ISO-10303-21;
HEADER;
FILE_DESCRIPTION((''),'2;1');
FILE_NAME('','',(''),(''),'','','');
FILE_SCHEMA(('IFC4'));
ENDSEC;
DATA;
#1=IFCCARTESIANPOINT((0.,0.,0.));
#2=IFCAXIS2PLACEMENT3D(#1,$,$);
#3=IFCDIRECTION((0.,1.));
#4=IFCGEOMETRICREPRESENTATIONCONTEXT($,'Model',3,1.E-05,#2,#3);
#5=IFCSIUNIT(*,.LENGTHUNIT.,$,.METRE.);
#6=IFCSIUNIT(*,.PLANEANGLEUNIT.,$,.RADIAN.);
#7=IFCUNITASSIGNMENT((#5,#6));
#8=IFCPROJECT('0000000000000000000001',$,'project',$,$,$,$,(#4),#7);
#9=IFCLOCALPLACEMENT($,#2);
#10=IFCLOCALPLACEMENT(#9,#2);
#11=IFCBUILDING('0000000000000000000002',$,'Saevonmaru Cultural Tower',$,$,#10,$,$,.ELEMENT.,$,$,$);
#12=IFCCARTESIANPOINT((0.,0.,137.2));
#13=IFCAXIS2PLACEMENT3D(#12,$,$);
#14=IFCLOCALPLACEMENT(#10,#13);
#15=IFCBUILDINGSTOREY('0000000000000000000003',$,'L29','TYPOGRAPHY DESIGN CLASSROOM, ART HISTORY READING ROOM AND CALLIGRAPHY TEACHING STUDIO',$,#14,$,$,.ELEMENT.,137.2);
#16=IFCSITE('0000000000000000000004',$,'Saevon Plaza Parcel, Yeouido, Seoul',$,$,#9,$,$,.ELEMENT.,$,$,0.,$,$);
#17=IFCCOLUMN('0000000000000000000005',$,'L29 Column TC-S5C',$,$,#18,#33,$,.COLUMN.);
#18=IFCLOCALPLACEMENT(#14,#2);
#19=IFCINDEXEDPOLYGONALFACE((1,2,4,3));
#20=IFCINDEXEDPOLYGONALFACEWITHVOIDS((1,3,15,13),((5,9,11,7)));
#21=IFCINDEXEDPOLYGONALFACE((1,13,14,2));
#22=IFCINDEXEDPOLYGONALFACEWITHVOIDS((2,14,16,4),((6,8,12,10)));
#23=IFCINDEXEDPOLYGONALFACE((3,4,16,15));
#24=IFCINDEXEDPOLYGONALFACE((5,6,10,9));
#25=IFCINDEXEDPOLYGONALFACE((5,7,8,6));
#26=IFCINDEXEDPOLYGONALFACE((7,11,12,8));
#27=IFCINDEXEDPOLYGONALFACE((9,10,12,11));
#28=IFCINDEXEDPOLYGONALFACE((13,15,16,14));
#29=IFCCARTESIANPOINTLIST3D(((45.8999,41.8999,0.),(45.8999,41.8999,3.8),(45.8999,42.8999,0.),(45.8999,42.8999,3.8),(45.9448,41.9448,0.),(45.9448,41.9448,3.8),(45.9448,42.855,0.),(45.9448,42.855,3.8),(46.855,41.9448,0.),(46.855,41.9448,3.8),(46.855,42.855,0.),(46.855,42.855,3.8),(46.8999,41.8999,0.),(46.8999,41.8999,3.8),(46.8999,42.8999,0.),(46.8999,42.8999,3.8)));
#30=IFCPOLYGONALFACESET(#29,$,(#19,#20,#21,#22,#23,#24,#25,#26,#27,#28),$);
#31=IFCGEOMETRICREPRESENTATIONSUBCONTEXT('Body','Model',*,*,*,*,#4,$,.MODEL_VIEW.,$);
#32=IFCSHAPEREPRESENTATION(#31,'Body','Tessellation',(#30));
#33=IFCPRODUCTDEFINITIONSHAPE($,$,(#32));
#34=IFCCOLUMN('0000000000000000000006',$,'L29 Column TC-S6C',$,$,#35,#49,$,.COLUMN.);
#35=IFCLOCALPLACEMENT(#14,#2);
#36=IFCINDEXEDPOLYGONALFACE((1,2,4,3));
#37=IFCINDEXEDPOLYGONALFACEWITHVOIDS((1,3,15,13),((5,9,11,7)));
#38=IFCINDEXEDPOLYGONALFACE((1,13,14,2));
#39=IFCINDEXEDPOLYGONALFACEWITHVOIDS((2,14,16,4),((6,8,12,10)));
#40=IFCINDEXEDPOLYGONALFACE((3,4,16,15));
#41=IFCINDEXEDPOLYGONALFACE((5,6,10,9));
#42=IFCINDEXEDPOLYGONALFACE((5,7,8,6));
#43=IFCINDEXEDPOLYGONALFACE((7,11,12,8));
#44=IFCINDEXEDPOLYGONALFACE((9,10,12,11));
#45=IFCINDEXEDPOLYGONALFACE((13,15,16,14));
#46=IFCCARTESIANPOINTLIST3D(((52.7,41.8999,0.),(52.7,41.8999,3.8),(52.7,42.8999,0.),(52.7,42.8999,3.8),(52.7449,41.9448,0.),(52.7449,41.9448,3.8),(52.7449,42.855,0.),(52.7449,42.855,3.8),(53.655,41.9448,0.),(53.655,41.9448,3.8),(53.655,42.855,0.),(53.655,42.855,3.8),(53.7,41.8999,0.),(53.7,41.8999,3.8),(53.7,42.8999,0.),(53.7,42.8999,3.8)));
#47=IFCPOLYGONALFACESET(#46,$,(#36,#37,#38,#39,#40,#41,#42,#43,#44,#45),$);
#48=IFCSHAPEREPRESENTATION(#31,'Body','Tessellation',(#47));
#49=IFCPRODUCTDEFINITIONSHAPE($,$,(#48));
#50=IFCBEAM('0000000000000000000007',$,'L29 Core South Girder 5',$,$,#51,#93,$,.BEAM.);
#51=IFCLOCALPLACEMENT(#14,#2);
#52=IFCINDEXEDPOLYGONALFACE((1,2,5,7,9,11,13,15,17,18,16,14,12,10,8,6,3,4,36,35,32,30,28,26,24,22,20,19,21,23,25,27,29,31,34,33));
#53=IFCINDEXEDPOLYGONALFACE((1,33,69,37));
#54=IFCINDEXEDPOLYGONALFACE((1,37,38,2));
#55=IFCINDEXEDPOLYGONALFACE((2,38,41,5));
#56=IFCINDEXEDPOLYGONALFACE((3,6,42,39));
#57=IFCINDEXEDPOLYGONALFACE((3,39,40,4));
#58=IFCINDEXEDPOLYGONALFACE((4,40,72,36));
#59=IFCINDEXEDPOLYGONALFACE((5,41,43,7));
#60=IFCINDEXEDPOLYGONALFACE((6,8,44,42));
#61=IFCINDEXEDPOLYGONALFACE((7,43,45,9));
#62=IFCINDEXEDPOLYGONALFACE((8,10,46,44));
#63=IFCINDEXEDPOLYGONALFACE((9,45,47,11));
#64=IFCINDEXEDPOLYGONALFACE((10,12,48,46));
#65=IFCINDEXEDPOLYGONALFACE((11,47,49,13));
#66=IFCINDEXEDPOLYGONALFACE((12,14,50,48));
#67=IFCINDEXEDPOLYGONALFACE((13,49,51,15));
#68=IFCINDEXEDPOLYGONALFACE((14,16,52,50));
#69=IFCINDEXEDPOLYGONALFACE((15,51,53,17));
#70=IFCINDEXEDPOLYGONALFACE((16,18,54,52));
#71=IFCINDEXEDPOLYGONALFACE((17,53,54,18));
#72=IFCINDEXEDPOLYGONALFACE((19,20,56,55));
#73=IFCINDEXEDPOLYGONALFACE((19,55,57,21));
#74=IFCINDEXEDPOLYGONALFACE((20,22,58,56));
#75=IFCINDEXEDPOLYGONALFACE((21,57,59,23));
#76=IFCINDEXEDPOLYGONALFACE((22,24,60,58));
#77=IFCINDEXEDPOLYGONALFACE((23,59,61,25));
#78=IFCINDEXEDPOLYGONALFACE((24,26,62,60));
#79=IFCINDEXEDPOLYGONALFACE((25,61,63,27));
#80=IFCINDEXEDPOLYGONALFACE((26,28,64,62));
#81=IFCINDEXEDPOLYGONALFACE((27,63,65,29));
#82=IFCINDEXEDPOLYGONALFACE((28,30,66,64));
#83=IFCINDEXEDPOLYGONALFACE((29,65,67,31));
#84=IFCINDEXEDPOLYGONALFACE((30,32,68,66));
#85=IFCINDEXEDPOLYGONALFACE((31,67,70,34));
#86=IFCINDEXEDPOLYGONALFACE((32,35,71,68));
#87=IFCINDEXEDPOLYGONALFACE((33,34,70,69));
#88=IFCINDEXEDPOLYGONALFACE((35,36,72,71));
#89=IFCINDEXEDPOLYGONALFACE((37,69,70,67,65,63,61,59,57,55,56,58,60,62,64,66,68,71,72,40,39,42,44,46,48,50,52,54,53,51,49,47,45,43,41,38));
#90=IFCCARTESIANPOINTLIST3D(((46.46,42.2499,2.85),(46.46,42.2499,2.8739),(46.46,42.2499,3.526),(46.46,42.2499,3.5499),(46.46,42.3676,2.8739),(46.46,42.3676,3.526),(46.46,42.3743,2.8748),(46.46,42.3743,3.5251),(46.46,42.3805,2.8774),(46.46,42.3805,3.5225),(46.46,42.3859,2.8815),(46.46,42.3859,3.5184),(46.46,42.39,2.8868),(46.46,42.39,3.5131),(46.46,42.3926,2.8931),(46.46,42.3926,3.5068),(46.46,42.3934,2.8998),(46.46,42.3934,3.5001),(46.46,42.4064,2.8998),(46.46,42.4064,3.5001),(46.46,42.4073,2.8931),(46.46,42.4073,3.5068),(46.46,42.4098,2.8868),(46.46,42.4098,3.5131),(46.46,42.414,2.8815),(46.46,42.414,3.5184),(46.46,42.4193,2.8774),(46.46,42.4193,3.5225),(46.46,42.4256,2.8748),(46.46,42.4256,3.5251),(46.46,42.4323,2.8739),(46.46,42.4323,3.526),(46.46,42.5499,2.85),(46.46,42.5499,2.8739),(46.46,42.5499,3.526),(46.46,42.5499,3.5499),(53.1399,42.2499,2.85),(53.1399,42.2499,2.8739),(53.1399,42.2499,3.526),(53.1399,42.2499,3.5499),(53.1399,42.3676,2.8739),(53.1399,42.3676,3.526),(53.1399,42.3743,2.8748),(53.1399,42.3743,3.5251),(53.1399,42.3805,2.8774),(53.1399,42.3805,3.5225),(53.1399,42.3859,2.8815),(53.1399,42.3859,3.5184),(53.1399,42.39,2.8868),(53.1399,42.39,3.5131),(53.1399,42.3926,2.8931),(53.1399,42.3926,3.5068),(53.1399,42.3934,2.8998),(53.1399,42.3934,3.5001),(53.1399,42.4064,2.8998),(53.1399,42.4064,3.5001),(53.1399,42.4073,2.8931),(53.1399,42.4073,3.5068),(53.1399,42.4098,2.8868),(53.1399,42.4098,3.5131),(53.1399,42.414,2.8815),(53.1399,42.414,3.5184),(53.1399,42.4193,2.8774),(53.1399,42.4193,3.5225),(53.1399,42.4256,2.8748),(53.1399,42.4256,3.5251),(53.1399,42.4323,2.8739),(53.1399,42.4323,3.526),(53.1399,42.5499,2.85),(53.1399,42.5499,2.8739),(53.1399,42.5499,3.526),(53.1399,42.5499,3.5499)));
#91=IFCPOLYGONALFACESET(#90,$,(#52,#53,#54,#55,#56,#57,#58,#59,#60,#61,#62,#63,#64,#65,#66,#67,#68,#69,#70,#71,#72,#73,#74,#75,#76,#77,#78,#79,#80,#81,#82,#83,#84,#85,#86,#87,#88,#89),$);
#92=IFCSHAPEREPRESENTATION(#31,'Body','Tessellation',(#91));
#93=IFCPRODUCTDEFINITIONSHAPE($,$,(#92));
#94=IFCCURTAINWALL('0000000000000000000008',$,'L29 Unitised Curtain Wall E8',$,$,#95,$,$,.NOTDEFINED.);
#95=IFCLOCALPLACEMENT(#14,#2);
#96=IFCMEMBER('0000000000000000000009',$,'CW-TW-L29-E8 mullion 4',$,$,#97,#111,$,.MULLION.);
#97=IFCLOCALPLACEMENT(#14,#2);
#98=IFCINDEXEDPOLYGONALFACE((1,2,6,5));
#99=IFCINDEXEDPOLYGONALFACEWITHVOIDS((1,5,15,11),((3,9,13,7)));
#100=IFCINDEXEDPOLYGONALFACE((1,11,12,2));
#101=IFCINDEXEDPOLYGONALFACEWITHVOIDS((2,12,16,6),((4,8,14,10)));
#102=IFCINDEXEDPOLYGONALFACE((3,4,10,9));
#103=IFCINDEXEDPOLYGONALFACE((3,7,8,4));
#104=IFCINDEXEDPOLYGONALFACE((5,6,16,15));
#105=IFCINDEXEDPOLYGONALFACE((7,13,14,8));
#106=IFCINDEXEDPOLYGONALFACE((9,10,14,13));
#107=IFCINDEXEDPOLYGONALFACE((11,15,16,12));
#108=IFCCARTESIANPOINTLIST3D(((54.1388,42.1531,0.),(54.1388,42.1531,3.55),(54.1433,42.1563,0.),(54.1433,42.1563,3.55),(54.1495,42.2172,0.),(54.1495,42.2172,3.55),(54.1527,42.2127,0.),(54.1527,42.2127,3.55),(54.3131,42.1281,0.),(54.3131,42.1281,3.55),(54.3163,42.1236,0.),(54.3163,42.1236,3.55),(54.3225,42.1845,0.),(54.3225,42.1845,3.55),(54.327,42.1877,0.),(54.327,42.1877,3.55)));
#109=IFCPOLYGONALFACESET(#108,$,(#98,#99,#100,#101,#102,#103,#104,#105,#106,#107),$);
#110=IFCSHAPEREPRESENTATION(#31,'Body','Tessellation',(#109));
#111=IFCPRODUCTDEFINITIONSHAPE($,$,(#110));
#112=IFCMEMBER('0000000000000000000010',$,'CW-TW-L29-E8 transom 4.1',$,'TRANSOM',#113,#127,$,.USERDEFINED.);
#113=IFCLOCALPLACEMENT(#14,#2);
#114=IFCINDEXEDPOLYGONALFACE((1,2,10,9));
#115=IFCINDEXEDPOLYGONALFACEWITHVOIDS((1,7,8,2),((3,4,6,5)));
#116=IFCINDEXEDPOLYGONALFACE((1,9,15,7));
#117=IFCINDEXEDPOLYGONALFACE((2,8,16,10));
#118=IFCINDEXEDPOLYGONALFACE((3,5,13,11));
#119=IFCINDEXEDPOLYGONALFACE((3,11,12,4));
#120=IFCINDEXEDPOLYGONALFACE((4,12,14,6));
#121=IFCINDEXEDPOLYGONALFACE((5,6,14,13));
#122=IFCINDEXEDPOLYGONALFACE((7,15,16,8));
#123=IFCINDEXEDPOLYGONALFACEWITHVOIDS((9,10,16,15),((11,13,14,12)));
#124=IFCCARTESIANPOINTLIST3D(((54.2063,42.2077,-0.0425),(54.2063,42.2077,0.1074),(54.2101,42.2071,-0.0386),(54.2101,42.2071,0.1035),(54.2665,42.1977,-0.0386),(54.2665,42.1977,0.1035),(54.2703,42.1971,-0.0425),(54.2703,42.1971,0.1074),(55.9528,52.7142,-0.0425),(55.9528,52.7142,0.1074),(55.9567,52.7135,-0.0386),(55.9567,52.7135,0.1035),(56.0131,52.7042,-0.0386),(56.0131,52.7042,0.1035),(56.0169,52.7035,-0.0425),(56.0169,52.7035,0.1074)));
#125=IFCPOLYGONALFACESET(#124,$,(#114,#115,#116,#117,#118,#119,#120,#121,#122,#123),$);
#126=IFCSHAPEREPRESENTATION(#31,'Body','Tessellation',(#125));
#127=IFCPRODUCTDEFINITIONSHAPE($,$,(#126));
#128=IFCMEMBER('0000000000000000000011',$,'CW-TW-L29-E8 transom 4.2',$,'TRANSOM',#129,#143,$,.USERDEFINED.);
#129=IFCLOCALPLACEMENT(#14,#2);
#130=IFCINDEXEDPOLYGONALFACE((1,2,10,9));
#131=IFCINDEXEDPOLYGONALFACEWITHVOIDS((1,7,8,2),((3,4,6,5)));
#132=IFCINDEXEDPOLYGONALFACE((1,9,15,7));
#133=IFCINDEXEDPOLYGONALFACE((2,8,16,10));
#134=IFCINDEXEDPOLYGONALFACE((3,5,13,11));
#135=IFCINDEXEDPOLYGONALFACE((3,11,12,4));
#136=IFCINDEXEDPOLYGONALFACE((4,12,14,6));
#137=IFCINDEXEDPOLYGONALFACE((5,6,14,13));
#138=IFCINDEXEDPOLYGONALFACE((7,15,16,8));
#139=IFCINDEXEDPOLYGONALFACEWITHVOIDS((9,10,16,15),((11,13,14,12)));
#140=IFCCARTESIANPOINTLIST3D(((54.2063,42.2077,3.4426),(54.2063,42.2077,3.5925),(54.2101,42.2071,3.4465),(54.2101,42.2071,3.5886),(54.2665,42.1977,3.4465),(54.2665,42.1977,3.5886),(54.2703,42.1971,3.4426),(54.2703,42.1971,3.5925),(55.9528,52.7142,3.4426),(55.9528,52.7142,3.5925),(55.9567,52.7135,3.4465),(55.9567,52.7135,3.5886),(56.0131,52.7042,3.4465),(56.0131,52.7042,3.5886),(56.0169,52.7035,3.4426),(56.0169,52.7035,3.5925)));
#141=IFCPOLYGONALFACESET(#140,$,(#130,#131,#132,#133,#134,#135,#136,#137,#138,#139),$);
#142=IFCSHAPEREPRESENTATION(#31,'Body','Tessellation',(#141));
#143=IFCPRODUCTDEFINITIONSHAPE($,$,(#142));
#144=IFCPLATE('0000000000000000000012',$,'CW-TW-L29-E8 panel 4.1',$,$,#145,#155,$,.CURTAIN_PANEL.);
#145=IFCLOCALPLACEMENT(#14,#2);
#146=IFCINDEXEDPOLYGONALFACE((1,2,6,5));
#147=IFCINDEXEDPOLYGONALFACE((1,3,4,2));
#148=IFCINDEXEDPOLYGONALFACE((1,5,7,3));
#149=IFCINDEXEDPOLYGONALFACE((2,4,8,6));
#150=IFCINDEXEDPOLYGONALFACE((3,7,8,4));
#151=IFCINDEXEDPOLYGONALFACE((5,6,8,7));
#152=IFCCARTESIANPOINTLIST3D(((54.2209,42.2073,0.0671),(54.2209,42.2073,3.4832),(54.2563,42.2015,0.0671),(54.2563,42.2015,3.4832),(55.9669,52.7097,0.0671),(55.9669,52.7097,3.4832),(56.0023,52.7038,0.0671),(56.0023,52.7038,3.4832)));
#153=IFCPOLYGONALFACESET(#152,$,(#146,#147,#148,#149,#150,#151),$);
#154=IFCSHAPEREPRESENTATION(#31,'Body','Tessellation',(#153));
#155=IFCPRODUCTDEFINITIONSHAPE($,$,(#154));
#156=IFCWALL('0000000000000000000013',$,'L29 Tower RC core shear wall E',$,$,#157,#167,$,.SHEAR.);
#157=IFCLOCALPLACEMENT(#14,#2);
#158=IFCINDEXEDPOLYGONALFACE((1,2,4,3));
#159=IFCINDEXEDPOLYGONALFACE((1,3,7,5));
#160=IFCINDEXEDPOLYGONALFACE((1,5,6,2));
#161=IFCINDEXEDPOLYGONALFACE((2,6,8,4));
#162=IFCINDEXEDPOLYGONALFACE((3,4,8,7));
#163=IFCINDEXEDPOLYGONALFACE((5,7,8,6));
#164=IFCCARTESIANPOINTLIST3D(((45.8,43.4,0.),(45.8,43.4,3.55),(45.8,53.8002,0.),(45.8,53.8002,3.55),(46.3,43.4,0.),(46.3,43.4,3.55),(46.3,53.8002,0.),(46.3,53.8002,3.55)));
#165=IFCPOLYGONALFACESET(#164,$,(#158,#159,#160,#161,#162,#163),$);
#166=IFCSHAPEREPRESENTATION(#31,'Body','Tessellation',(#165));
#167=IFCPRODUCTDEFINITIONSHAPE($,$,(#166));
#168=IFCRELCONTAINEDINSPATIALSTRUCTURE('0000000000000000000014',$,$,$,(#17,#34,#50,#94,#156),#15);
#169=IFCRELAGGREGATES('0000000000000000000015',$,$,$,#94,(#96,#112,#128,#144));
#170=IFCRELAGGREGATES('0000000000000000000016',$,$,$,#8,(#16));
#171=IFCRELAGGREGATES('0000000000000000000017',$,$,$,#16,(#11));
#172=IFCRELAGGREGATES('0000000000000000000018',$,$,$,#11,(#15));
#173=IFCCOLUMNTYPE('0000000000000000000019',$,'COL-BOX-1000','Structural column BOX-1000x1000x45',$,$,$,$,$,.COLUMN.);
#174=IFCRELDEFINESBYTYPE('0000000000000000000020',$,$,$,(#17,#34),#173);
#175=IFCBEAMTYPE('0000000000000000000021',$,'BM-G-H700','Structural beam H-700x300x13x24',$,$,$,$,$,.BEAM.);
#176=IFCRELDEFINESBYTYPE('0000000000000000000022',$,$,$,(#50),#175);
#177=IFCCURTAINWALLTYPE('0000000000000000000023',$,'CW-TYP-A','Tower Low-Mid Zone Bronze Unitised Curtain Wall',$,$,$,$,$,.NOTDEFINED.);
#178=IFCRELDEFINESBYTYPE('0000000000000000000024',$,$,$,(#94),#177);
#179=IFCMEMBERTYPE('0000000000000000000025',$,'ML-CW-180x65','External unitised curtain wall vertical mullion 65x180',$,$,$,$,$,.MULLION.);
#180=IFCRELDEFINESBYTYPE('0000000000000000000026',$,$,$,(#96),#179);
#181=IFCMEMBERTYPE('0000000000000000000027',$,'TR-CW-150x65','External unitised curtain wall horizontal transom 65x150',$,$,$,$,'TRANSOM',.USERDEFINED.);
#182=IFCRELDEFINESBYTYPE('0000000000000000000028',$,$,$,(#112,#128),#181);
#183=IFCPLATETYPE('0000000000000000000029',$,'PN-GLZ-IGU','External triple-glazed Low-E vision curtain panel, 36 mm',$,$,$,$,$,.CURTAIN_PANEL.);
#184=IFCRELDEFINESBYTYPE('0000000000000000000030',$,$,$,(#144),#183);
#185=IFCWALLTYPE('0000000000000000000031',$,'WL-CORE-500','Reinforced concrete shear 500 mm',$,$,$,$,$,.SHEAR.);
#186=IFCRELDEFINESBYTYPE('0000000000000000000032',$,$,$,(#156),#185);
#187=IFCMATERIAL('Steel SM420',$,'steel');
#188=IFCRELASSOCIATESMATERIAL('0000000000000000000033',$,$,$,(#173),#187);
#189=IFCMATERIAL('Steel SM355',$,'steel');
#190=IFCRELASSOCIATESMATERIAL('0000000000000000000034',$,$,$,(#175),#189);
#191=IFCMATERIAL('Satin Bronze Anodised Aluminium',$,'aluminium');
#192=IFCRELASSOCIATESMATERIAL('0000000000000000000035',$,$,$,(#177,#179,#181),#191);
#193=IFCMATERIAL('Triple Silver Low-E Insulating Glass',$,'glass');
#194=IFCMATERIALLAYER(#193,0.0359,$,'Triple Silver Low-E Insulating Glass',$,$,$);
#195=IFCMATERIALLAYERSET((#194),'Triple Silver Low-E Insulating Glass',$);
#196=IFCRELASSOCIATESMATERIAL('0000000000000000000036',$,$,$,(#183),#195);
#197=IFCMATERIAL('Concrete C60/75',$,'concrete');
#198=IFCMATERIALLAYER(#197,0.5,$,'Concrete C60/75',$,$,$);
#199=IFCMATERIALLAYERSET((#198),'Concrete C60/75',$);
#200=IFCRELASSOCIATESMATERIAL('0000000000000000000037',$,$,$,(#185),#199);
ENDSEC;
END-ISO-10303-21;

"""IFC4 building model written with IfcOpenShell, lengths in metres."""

from ifc_helpers import new_model, si_unit, direction, frame, frame_2d, origin, origin_2d, place, context, subcontext, project, spatial, rectangle, hollow_rectangle, i_section, extrude, material, layer, layer_set, material_profile, profile_set, type_object, element, aggregate, save


model = new_model("IFC4")

# Units and contexts
model_context = context("Model", 3, precision=1e-05, world=origin(), true_north=direction((0.0, 1.0)))
body_context = subcontext(model_context, "Body", "Model", "MODEL_VIEW")
ifc_project = project(units=[si_unit("LENGTHUNIT", "METRE"), si_unit("PLANEANGLEUNIT", "RADIAN")], contexts=[model_context])

# Site, building, storey
site_placement = place(None, origin())
site = spatial("IfcSite", under=ifc_project, at=site_placement, Name="Saevon Plaza Parcel, Yeouido, Seoul", CompositionType="ELEMENT", RefElevation=0.0)
building_placement = place(site_placement, origin())
building = spatial("IfcBuilding", under=site, at=building_placement, Name="Saevonmaru Cultural Tower", CompositionType="ELEMENT")
storey_placement = place(building_placement, frame((0.0, 0.0, 137.2)))
storey = spatial("IfcBuildingStorey", under=building, at=storey_placement, Name="L29", Description="TYPOGRAPHY DESIGN CLASSROOM, ART HISTORY READING ROOM AND CALLIGRAPHY TEACHING STUDIO", CompositionType="ELEMENT", Elevation=137.2)

# Columns
ifc_material_1 = material(Name="Steel SM420", Category="steel")
ifc_material_profile_1 = material_profile(ifc_material_1, hollow_rectangle(XDim=1.0, YDim=1.0, WallThickness=0.0449, at=origin_2d()), Name="BOX-1000x1000x45")
ifc_profile_set_1 = profile_set([ifc_material_profile_1], Name="Steel SM420")
column_type = type_object("IfcColumnType", Name="COL-BOX-1000", Description="Structural column BOX-1000x1000x45", PredefinedType="COLUMN", material=ifc_profile_set_1)
for number, where, z_axis, x_axis, name in (
    (1, (46.3999, 42.3999, 0.0), (0.0, 0.0, 1.0), (1.0, 0.0, 0.0), "L29 Column TC-S5C"),
    (2, (53.2, 42.3999, 0.0), (0.0, 0.0, 1.0), (1.0, 0.0, 0.0), "L29 Column TC-S6C"),
):
    element("IfcColumn", number, at=place(storey_placement, frame(where, z_axis=z_axis, x_axis=x_axis)), inside=storey, type_object=column_type, Name=name, PredefinedType="COLUMN", context=body_context, shape_type="SweptSolid", body=[
        extrude(hollow_rectangle(XDim=1.0, YDim=1.0, WallThickness=0.0449, at=origin_2d()), origin(), (0.0, 0.0, 1.0), 3.8),
    ])

# Beam
ifc_material_2 = material(Name="Steel SM355", Category="steel")
ifc_material_profile_2 = material_profile(ifc_material_2, i_section(OverallWidth=0.3, OverallDepth=0.7, WebThickness=0.0129, FlangeThickness=0.0239, FilletRadius=0.0259, at=origin_2d()), Name="H-700x300x13x24")
ifc_profile_set_2 = profile_set([ifc_material_profile_2], Name="Steel SM355")
beam_type = type_object("IfcBeamType", Name="BM-G-H700", Description="Structural beam H-700x300x13x24", PredefinedType="BEAM", material=ifc_profile_set_2)
beam_placement = place(storey_placement, frame((46.46, 42.3999, 3.2), z_axis=(1.0, 0.0, 0.0), x_axis=(0.0, 1.0, 0.0)))
element("IfcBeam", 3, at=beam_placement, inside=storey, type_object=beam_type, Name="L29 Core South Girder 5", PredefinedType="BEAM", context=body_context, shape_type="SweptSolid", body=[
    extrude(i_section(OverallWidth=0.3, OverallDepth=0.7, WebThickness=0.0129, FlangeThickness=0.0239, FilletRadius=0.0259, at=origin_2d()), origin(), (0.0, 0.0, 1.0), 6.6799),
])

# Curtain wall, members, plate
ifc_material_3 = material(Name="Satin Bronze Anodised Aluminium", Category="aluminium")
curtain_wall_type = type_object("IfcCurtainWallType", Name="CW-TYP-A", Description="Tower Low-Mid Zone Bronze Unitised Curtain Wall", PredefinedType="NOTDEFINED", material=ifc_material_3)
curtain_wall_placement = place(storey_placement, origin())
curtain_wall = element("IfcCurtainWall", 4, at=curtain_wall_placement, inside=storey, type_object=curtain_wall_type, Name="L29 Unitised Curtain Wall E8", PredefinedType="NOTDEFINED")
ifc_material_profile_3 = material_profile(ifc_material_3, hollow_rectangle(XDim=0.0649, YDim=0.1799, WallThickness=0.0039, at=origin_2d()), Name="ALU-MULL-180x65x4")
ifc_profile_set_3 = profile_set([ifc_material_profile_3], Name="Satin Bronze Anodised Aluminium")
member_type_1 = type_object("IfcMemberType", Name="ML-CW-180x65", Description="External unitised curtain wall vertical mullion 65x180", PredefinedType="MULLION", material=ifc_profile_set_3)
member_1_placement = place(storey_placement, frame((54.2329, 42.1704, 0.0), z_axis=(0.0, 0.0, 1.0), x_axis=(0.163999, 0.986461, 0.0)))
member_1 = element("IfcMember", 5, at=member_1_placement, type_object=member_type_1, Name="CW-TW-L29-E8 mullion 4", PredefinedType="MULLION", context=body_context, shape_type="SweptSolid", body=[
    extrude(hollow_rectangle(XDim=0.0649, YDim=0.1799, WallThickness=0.0039, at=origin_2d()), origin(), (0.0, 0.0, 1.0), 3.55),
])
ifc_material_profile_4 = material_profile(ifc_material_3, hollow_rectangle(XDim=0.0649, YDim=0.1499, WallThickness=0.0039, at=origin_2d()), Name="ALU-TRAN-150x65x4")
ifc_profile_set_4 = profile_set([ifc_material_profile_4], Name="Satin Bronze Anodised Aluminium")
member_type_2 = type_object("IfcMemberType", Name="TR-CW-150x65", Description="External unitised curtain wall horizontal transom 65x150", ElementType="TRANSOM", PredefinedType="USERDEFINED", material=ifc_profile_set_4)
member_2_placement = place(storey_placement, frame((54.2383, 42.2024, 0.0325), z_axis=(0.16399, 0.986462, 0.0), x_axis=(-0.986462, 0.16399, 0.0)))
member_2 = element("IfcMember", 6, at=member_2_placement, type_object=member_type_2, Name="CW-TW-L29-E8 transom 4.1", ObjectType="TRANSOM", PredefinedType="USERDEFINED", context=body_context, shape_type="SweptSolid", body=[
    extrude(hollow_rectangle(XDim=0.0649, YDim=0.1499, WallThickness=0.0039, at=origin_2d()), origin(), (0.0, 0.0, 1.0), 10.6506),
])
member_3_placement = place(storey_placement, frame((54.2383, 42.2024, 3.5176), z_axis=(0.16399, 0.986462, 0.0), x_axis=(-0.986462, 0.16399, 0.0)))
member_3 = element("IfcMember", 7, at=member_3_placement, type_object=member_type_2, Name="CW-TW-L29-E8 transom 4.2", ObjectType="TRANSOM", PredefinedType="USERDEFINED", context=body_context, shape_type="SweptSolid", body=[
    extrude(hollow_rectangle(XDim=0.0649, YDim=0.1499, WallThickness=0.0039, at=origin_2d()), origin(), (0.0, 0.0, 1.0), 10.6506),
])
ifc_material_4 = material(Name="Triple Silver Low-E Insulating Glass", Category="glass")
ifc_layer_1 = layer(ifc_material_4, 0.0359, Name="Triple Silver Low-E Insulating Glass")
ifc_layer_set_1 = layer_set([ifc_layer_1], Name="Triple Silver Low-E Insulating Glass")
plate_type = type_object("IfcPlateType", Name="PN-GLZ-IGU", Description="External triple-glazed Low-E vision curtain panel, 36 mm", PredefinedType="CURTAIN_PANEL", material=ifc_layer_set_1)
plate_placement = place(storey_placement, frame((55.1116, 47.4556, 0.0671), z_axis=(0.0, 0.0, 1.0), x_axis=(0.163999, 0.986461, 0.0)))
plate = element("IfcPlate", 8, at=plate_placement, type_object=plate_type, Name="CW-TW-L29-E8 panel 4.1", PredefinedType="CURTAIN_PANEL", context=body_context, shape_type="SweptSolid", body=[
    extrude(rectangle(XDim=10.6465, YDim=0.0359, at=origin_2d()), origin(), (0.0, 0.0, 1.0), 3.416),
])
aggregate(curtain_wall, [member_1, member_2, member_3, plate])

# Wall
ifc_material_5 = material(Name="Concrete C60/75", Category="concrete")
ifc_layer_2 = layer(ifc_material_5, 0.5, Name="Concrete C60/75")
ifc_layer_set_2 = layer_set([ifc_layer_2], Name="Concrete C60/75")
wall_type_1 = type_object("IfcWallType", Name="WL-CORE-500", Description="Reinforced concrete shear 500 mm", PredefinedType="SHEAR", material=ifc_layer_set_2)
wall_1_placement = place(storey_placement, frame((46.05, 43.3999, 0.0), z_axis=(0.0, 0.0, 1.0), x_axis=(0.0, 1.0, 0.0)))
element("IfcWall", 9, at=wall_1_placement, inside=storey, type_object=wall_type_1, Name="L29 Tower RC core shear wall E", PredefinedType="SHEAR", context=body_context, shape_type="SweptSolid", body=[
    extrude(rectangle(XDim=10.4001, YDim=0.5, at=frame_2d((5.2002, 0.0))), origin(), (0.0, 0.0, 1.0), 3.55),
])

save(model, "model.ifc")
